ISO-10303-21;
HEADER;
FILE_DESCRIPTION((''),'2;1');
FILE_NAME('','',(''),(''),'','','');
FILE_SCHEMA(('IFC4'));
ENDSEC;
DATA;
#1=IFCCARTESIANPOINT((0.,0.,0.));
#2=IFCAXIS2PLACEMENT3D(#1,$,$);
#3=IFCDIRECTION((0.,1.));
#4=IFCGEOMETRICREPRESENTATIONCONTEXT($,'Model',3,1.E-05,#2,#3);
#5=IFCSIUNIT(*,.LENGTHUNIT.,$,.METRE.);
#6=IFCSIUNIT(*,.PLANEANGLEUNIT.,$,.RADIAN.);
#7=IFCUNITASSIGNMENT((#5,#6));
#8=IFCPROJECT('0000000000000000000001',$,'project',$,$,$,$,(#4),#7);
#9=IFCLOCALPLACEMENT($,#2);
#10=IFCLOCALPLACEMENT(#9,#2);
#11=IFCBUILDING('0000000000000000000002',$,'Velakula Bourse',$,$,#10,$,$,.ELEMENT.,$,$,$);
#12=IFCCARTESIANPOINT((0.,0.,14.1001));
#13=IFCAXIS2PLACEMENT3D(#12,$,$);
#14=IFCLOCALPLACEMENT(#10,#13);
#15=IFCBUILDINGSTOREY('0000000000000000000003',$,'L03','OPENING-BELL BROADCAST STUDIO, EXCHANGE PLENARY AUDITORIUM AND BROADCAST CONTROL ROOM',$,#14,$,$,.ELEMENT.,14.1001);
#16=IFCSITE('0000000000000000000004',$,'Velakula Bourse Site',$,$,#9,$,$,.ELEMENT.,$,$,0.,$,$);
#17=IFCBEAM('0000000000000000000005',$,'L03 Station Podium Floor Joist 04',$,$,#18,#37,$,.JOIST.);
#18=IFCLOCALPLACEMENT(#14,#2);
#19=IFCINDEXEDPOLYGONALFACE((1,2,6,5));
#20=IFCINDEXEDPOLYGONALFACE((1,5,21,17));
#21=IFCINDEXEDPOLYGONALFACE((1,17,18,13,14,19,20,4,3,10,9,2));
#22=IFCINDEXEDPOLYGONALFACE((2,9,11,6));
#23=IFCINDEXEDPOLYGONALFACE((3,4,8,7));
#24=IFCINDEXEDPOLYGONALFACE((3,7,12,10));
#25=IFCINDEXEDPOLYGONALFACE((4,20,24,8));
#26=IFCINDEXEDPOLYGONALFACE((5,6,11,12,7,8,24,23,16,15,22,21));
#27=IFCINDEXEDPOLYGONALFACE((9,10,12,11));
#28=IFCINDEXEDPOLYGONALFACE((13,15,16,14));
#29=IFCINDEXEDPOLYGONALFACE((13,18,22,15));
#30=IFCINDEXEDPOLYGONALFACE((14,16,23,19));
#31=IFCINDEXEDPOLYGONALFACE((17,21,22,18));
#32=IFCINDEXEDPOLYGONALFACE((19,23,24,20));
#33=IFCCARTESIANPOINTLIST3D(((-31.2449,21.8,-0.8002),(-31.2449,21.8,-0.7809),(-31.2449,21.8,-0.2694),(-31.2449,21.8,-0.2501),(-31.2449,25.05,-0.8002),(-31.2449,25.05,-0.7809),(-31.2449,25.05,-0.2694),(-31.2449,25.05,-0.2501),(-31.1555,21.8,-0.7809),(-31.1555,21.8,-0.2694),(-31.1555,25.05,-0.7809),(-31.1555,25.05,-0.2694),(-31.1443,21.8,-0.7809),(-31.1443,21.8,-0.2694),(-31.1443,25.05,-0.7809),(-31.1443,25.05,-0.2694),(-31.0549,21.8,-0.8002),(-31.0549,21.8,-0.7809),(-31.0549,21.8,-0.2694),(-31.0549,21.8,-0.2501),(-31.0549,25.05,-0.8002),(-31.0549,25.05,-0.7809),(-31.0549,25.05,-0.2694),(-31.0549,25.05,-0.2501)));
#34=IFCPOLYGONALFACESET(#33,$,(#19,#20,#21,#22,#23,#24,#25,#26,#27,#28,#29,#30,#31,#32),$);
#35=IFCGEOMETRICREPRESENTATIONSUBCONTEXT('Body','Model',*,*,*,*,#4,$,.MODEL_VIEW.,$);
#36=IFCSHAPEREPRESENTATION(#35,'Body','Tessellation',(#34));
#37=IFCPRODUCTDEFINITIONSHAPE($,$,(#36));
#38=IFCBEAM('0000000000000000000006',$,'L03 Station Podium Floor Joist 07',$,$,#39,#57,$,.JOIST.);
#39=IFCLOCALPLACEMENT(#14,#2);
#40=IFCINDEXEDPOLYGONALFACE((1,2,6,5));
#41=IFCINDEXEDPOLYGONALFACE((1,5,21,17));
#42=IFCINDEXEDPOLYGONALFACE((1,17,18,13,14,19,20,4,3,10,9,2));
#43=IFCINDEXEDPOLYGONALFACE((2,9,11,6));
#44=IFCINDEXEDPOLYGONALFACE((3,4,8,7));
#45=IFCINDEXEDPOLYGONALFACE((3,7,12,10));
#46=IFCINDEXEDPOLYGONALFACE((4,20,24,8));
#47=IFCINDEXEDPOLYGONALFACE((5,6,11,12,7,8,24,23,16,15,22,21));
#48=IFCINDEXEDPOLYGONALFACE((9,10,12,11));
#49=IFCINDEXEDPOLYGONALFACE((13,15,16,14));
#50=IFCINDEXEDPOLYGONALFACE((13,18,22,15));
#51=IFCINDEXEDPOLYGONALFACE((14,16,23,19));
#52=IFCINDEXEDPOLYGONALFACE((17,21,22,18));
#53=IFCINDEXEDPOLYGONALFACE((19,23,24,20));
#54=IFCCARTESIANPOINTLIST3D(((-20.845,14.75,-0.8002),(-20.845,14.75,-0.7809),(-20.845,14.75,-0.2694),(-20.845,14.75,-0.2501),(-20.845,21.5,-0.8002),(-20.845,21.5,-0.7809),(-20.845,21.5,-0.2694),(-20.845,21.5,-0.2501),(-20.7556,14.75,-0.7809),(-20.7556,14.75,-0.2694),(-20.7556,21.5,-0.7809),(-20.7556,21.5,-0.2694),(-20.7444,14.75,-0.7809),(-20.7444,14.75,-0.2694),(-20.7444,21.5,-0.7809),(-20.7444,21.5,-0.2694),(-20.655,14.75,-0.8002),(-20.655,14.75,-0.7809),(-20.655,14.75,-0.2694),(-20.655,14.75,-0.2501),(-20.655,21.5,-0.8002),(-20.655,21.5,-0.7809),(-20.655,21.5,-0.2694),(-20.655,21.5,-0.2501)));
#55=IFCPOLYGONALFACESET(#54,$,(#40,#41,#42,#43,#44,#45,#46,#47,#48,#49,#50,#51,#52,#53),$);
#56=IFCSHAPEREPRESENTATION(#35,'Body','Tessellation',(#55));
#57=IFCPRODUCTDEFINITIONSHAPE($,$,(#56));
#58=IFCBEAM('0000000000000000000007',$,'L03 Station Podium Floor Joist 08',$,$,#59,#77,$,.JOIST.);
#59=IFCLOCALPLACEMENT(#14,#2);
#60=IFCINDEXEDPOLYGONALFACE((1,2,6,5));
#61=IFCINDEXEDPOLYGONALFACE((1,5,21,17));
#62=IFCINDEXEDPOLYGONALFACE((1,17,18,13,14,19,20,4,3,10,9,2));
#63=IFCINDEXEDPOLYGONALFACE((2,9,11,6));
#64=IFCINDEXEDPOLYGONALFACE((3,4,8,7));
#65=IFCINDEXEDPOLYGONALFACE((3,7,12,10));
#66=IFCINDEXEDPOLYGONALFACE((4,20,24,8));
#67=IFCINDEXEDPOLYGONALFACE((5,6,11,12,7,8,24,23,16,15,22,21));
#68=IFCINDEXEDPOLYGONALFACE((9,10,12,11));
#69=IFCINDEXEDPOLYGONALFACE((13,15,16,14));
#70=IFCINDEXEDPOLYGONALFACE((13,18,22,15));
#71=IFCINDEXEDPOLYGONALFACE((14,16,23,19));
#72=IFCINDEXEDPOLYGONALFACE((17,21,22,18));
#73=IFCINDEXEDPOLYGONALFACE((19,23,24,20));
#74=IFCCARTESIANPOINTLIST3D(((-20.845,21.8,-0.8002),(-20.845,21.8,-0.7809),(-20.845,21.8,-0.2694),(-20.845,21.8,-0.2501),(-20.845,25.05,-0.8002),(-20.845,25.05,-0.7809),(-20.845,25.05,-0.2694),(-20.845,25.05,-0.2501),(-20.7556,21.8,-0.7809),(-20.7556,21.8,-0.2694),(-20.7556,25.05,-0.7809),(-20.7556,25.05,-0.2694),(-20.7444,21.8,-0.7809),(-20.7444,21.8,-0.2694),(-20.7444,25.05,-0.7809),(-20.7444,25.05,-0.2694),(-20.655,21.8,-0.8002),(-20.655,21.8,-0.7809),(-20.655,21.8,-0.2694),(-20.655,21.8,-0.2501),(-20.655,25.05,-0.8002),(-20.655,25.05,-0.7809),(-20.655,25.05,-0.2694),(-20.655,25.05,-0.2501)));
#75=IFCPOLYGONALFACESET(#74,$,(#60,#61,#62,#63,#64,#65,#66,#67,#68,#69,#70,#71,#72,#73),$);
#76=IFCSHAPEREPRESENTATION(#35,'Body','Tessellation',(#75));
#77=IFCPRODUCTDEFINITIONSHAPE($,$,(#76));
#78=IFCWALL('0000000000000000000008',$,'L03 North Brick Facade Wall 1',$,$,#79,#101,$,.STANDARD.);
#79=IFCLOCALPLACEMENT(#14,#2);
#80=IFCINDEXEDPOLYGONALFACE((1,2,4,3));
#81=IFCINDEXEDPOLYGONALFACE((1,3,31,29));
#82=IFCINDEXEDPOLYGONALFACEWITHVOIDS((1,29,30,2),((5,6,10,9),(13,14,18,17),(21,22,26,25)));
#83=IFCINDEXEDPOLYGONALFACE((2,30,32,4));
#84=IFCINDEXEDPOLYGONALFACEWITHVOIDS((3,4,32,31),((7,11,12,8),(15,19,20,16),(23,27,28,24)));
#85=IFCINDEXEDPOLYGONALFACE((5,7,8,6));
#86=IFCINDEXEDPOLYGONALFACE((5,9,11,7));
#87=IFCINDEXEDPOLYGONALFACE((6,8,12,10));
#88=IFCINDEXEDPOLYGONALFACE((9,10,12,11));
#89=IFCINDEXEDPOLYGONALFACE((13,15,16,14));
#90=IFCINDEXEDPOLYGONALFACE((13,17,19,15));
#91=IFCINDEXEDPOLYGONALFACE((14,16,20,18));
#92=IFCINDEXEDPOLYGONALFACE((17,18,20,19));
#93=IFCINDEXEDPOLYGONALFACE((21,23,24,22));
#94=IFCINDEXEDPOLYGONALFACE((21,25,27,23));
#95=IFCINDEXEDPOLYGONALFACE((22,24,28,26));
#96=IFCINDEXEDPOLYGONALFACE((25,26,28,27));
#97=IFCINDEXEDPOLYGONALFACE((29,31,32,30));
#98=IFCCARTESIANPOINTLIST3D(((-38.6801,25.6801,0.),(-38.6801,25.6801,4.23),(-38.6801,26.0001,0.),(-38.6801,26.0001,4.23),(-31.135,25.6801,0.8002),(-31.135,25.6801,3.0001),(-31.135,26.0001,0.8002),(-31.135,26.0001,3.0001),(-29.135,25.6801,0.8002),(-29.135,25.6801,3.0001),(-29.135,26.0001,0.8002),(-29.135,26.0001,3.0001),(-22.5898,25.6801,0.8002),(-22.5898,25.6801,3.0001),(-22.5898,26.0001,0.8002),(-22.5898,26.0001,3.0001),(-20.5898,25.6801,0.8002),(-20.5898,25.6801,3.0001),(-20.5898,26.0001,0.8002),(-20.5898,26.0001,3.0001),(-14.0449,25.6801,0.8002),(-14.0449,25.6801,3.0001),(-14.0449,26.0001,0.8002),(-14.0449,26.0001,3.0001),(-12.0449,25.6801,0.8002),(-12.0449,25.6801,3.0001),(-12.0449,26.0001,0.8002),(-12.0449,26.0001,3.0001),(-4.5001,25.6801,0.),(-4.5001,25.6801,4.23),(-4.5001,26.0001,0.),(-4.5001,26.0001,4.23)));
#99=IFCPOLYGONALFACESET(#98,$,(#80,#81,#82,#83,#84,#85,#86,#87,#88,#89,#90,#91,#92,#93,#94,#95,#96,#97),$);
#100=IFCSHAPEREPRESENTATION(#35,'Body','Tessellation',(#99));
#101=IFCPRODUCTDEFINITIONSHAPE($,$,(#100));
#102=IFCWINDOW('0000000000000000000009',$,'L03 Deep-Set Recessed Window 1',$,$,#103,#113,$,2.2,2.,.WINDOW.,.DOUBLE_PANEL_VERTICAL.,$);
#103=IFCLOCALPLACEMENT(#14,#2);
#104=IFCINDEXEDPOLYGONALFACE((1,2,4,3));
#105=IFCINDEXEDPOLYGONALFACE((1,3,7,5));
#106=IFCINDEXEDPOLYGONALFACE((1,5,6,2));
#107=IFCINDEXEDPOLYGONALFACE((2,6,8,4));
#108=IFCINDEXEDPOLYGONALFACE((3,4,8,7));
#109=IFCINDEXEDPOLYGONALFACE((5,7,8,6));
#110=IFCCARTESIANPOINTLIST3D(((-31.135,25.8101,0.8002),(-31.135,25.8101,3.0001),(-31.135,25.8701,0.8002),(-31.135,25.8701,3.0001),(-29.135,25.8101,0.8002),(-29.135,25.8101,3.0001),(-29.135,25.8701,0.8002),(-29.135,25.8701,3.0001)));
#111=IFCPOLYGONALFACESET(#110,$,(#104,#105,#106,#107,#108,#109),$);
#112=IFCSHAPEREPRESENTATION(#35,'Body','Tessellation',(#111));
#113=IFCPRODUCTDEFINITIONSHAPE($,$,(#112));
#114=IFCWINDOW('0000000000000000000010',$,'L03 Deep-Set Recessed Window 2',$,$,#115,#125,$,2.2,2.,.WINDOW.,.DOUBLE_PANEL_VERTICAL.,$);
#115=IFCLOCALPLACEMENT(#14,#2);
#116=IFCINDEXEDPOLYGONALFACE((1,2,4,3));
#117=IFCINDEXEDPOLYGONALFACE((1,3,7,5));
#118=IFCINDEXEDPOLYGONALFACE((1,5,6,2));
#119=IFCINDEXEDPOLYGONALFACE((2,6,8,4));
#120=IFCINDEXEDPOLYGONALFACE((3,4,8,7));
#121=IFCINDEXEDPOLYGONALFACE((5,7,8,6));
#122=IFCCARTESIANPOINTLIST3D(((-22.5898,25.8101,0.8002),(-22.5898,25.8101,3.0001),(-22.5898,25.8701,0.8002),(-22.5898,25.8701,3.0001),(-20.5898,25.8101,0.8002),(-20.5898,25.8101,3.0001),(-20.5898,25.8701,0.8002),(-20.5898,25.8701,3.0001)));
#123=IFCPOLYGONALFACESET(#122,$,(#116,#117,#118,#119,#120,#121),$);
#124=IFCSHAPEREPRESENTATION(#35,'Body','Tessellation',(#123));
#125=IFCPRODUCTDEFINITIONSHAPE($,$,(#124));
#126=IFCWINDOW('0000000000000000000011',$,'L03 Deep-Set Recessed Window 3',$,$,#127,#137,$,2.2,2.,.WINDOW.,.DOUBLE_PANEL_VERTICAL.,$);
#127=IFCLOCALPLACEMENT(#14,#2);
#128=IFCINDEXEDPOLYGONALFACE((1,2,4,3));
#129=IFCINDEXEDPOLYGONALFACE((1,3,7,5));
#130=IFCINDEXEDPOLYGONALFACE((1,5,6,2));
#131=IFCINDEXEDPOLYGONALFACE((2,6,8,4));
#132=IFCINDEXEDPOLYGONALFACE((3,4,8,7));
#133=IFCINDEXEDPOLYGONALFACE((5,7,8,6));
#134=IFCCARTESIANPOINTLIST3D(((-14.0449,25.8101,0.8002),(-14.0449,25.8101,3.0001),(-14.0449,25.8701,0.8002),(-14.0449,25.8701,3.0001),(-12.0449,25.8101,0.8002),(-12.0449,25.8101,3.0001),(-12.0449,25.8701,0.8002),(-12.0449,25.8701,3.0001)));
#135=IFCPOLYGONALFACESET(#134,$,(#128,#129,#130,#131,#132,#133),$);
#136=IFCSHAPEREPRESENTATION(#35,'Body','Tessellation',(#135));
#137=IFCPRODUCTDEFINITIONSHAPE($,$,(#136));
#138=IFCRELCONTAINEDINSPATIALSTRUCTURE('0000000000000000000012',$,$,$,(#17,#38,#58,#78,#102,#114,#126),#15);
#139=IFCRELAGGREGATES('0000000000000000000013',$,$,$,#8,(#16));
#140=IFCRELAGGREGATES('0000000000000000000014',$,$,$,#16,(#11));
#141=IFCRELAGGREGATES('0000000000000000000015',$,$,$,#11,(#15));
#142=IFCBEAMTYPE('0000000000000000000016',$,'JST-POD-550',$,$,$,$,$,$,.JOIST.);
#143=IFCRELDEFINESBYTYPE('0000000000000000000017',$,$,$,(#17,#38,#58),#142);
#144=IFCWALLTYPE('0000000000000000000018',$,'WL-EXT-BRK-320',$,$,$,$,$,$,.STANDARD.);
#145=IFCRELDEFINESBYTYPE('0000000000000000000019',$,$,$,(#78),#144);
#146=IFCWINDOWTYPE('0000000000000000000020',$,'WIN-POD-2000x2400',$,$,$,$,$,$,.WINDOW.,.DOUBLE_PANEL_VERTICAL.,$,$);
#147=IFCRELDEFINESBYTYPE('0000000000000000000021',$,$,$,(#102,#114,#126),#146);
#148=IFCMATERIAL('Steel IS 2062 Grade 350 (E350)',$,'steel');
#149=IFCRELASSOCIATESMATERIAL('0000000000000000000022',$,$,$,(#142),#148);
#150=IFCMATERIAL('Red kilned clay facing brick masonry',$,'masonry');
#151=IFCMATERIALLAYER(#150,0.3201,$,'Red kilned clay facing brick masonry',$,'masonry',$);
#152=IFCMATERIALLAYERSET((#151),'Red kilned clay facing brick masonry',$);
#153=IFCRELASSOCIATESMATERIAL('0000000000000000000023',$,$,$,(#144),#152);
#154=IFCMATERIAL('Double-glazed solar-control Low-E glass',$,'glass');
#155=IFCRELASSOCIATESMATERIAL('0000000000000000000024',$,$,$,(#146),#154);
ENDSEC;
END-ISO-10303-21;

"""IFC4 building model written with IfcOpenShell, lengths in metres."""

from ifc_helpers import new_model, si_unit, direction, frame, frame_2d, origin, origin_2d, place, context, subcontext, project, spatial, rectangle, i_section, extrude, material, layer, layer_set, material_profile, profile_set, type_object, element, fill, save


model = new_model("IFC4")

# Units and contexts
model_context = context("Model", 3, precision=1e-05, world=origin(), true_north=direction((0.0, 1.0)))
body_context = subcontext(model_context, "Body", "Model", "MODEL_VIEW")
ifc_project = project(units=[si_unit("LENGTHUNIT", "METRE"), si_unit("PLANEANGLEUNIT", "RADIAN")], contexts=[model_context])

# Site, building, storey
site_placement = place(None, origin())
site = spatial("IfcSite", under=ifc_project, at=site_placement, Name="Velakula Bourse Site", CompositionType="ELEMENT", RefElevation=0.0)
building_placement = place(site_placement, origin())
building = spatial("IfcBuilding", under=site, at=building_placement, Name="Velakula Bourse", CompositionType="ELEMENT")
storey_placement = place(building_placement, frame((0.0, 0.0, 14.1001)))
storey = spatial("IfcBuildingStorey", under=building, at=storey_placement, Name="L03", Description="OPENING-BELL BROADCAST STUDIO, EXCHANGE PLENARY AUDITORIUM AND BROADCAST CONTROL ROOM", CompositionType="ELEMENT", Elevation=14.1001)

# Beams
ifc_material_1 = material(Name="Steel IS 2062 Grade 350 (E350)", Category="steel")
ifc_material_profile_1 = material_profile(ifc_material_1, i_section(OverallWidth=0.1899, OverallDepth=0.55, WebThickness=0.0112, FlangeThickness=0.0193, at=origin_2d()), Name="Steel IS 2062 Grade 350 (E350)")
ifc_profile_set_1 = profile_set([ifc_material_profile_1], Name="Steel IS 2062 Grade 350 (E350)")
beam_type_1 = type_object("IfcBeamType", Name="JST-POD-550", PredefinedType="JOIST", material=ifc_profile_set_1)
beam_1_placement = place(storey_placement, frame((-31.1499, 21.8, -0.5251), z_axis=(0.0, 1.0, 0.0), x_axis=(-1.0, 0.0, 0.0)))
element("IfcBeam", 1, at=beam_1_placement, inside=storey, type_object=beam_type_1, Name="L03 Station Podium Floor Joist 04", PredefinedType="JOIST", context=body_context, shape_type="SweptSolid", body=[
    extrude(i_section(OverallWidth=0.1899, OverallDepth=0.55, WebThickness=0.0112, FlangeThickness=0.0193, at=origin_2d()), origin(), (0.0, 0.0, 1.0), 3.25),
])
beam_2_placement = place(storey_placement, frame((-20.75, 14.75, -0.5251), z_axis=(0.0, 1.0, 0.0), x_axis=(-1.0, 0.0, 0.0)))
element("IfcBeam", 2, at=beam_2_placement, inside=storey, type_object=beam_type_1, Name="L03 Station Podium Floor Joist 07", PredefinedType="JOIST", context=body_context, shape_type="SweptSolid", body=[
    extrude(i_section(OverallWidth=0.1899, OverallDepth=0.55, WebThickness=0.0112, FlangeThickness=0.0193, at=origin_2d()), origin(), (0.0, 0.0, 1.0), 6.75),
])
beam_3_placement = place(storey_placement, frame((-20.75, 21.8, -0.5251), z_axis=(0.0, 1.0, 0.0), x_axis=(-1.0, 0.0, 0.0)))
element("IfcBeam", 3, at=beam_3_placement, inside=storey, type_object=beam_type_1, Name="L03 Station Podium Floor Joist 08", PredefinedType="JOIST", context=body_context, shape_type="SweptSolid", body=[
    extrude(i_section(OverallWidth=0.1899, OverallDepth=0.55, WebThickness=0.0112, FlangeThickness=0.0193, at=origin_2d()), origin(), (0.0, 0.0, 1.0), 3.25),
])

# Wall, openings, windows
ifc_material_2 = material(Name="Red kilned clay facing brick masonry", Category="masonry")
ifc_layer = layer(ifc_material_2, 0.3201, Name="Red kilned clay facing brick masonry", Category="masonry")
ifc_layer_set = layer_set([ifc_layer], Name="Red kilned clay facing brick masonry")
wall_type = type_object("IfcWallType", Name="WL-EXT-BRK-320", PredefinedType="STANDARD", material=ifc_layer_set)
wall_placement = place(storey_placement, frame((-38.6799, 25.8401, 0.0), z_axis=(0.0, 0.0, 1.0), x_axis=(1.0, 0.0, 0.0)))
wall = element("IfcWall", 4, at=wall_placement, inside=storey, type_object=wall_type, Name="L03 North Brick Facade Wall 1", PredefinedType="STANDARD", context=body_context, shape_type="SweptSolid", body=[
    extrude(rectangle(XDim=34.1799, YDim=0.3201, at=frame_2d((17.0898, 0.0))), origin(), (0.0, 0.0, 1.0), 4.23),
])
opening_1_placement = place(wall_placement, frame((7.5449, 0.0, 0.8)))
opening_1 = element("IfcOpeningElement", 5, at=opening_1_placement, cuts=wall, PredefinedType="OPENING", context=body_context, shape_type="SweptSolid", body=[
    extrude(rectangle(XDim=2.0, YDim=2.2, at=frame_2d((1.0, 1.1001))), frame((0.0, 0.1699, 0.0), z_axis=(0.0, -1.0, 0.0), x_axis=(1.0, 0.0, 0.0)), (0.0, 0.0, 1.0), 0.3401),
])
opening_2_placement = place(wall_placement, frame((16.0901, 0.0, 0.8)))
opening_2 = element("IfcOpeningElement", 6, at=opening_2_placement, cuts=wall, PredefinedType="OPENING", context=body_context, shape_type="SweptSolid", body=[
    extrude(rectangle(XDim=2.0, YDim=2.2, at=frame_2d((1.0, 1.1001))), frame((0.0, 0.1699, 0.0), z_axis=(0.0, -1.0, 0.0), x_axis=(1.0, 0.0, 0.0)), (0.0, 0.0, 1.0), 0.3401),
])
opening_3_placement = place(wall_placement, frame((24.635, 0.0, 0.8)))
opening_3 = element("IfcOpeningElement", 7, at=opening_3_placement, cuts=wall, PredefinedType="OPENING", context=body_context, shape_type="SweptSolid", body=[
    extrude(rectangle(XDim=2.0, YDim=2.2, at=frame_2d((1.0, 1.1001))), frame((0.0, 0.1699, 0.0), z_axis=(0.0, -1.0, 0.0), x_axis=(1.0, 0.0, 0.0)), (0.0, 0.0, 1.0), 0.3401),
])
ifc_material_3 = material(Name="Double-glazed solar-control Low-E glass", Category="glass")
window_type = type_object("IfcWindowType", Name="WIN-POD-2000x2400", PartitioningType="DOUBLE_PANEL_VERTICAL", PredefinedType="WINDOW", material=ifc_material_3)
window_1_placement = place(opening_1_placement, origin())
window_1 = element("IfcWindow", 8, at=window_1_placement, inside=storey, type_object=window_type, Name="L03 Deep-Set Recessed Window 1", OverallHeight=2.2, OverallWidth=2.0, PartitioningType="DOUBLE_PANEL_VERTICAL", PredefinedType="WINDOW", context=body_context, shape_type="SweptSolid", body=[
    extrude(rectangle(XDim=2.0, YDim=2.2, at=frame_2d((1.0, 1.1001))), frame((0.0, 0.03, 0.0), z_axis=(0.0, -1.0, 0.0), x_axis=(1.0, 0.0, 0.0)), (0.0, 0.0, 1.0), 0.0601),
])
fill(opening_1, window_1)
window_2_placement = place(opening_2_placement, origin())
window_2 = element("IfcWindow", 9, at=window_2_placement, inside=storey, type_object=window_type, Name="L03 Deep-Set Recessed Window 2", OverallHeight=2.2, OverallWidth=2.0, PartitioningType="DOUBLE_PANEL_VERTICAL", PredefinedType="WINDOW", context=body_context, shape_type="SweptSolid", body=[
    extrude(rectangle(XDim=2.0, YDim=2.2, at=frame_2d((1.0, 1.1001))), frame((0.0, 0.03, 0.0), z_axis=(0.0, -1.0, 0.0), x_axis=(1.0, 0.0, 0.0)), (0.0, 0.0, 1.0), 0.0601),
])
fill(opening_2, window_2)
window_3_placement = place(opening_3_placement, origin())
window_3 = element("IfcWindow", 10, at=window_3_placement, inside=storey, type_object=window_type, Name="L03 Deep-Set Recessed Window 3", OverallHeight=2.2, OverallWidth=2.0, PartitioningType="DOUBLE_PANEL_VERTICAL", PredefinedType="WINDOW", context=body_context, shape_type="SweptSolid", body=[
    extrude(rectangle(XDim=2.0, YDim=2.2, at=frame_2d((1.0, 1.1001))), frame((0.0, 0.03, 0.0), z_axis=(0.0, -1.0, 0.0), x_axis=(1.0, 0.0, 0.0)), (0.0, 0.0, 1.0), 0.0601),
])
fill(opening_3, window_3)

save(model, "model.ifc")
